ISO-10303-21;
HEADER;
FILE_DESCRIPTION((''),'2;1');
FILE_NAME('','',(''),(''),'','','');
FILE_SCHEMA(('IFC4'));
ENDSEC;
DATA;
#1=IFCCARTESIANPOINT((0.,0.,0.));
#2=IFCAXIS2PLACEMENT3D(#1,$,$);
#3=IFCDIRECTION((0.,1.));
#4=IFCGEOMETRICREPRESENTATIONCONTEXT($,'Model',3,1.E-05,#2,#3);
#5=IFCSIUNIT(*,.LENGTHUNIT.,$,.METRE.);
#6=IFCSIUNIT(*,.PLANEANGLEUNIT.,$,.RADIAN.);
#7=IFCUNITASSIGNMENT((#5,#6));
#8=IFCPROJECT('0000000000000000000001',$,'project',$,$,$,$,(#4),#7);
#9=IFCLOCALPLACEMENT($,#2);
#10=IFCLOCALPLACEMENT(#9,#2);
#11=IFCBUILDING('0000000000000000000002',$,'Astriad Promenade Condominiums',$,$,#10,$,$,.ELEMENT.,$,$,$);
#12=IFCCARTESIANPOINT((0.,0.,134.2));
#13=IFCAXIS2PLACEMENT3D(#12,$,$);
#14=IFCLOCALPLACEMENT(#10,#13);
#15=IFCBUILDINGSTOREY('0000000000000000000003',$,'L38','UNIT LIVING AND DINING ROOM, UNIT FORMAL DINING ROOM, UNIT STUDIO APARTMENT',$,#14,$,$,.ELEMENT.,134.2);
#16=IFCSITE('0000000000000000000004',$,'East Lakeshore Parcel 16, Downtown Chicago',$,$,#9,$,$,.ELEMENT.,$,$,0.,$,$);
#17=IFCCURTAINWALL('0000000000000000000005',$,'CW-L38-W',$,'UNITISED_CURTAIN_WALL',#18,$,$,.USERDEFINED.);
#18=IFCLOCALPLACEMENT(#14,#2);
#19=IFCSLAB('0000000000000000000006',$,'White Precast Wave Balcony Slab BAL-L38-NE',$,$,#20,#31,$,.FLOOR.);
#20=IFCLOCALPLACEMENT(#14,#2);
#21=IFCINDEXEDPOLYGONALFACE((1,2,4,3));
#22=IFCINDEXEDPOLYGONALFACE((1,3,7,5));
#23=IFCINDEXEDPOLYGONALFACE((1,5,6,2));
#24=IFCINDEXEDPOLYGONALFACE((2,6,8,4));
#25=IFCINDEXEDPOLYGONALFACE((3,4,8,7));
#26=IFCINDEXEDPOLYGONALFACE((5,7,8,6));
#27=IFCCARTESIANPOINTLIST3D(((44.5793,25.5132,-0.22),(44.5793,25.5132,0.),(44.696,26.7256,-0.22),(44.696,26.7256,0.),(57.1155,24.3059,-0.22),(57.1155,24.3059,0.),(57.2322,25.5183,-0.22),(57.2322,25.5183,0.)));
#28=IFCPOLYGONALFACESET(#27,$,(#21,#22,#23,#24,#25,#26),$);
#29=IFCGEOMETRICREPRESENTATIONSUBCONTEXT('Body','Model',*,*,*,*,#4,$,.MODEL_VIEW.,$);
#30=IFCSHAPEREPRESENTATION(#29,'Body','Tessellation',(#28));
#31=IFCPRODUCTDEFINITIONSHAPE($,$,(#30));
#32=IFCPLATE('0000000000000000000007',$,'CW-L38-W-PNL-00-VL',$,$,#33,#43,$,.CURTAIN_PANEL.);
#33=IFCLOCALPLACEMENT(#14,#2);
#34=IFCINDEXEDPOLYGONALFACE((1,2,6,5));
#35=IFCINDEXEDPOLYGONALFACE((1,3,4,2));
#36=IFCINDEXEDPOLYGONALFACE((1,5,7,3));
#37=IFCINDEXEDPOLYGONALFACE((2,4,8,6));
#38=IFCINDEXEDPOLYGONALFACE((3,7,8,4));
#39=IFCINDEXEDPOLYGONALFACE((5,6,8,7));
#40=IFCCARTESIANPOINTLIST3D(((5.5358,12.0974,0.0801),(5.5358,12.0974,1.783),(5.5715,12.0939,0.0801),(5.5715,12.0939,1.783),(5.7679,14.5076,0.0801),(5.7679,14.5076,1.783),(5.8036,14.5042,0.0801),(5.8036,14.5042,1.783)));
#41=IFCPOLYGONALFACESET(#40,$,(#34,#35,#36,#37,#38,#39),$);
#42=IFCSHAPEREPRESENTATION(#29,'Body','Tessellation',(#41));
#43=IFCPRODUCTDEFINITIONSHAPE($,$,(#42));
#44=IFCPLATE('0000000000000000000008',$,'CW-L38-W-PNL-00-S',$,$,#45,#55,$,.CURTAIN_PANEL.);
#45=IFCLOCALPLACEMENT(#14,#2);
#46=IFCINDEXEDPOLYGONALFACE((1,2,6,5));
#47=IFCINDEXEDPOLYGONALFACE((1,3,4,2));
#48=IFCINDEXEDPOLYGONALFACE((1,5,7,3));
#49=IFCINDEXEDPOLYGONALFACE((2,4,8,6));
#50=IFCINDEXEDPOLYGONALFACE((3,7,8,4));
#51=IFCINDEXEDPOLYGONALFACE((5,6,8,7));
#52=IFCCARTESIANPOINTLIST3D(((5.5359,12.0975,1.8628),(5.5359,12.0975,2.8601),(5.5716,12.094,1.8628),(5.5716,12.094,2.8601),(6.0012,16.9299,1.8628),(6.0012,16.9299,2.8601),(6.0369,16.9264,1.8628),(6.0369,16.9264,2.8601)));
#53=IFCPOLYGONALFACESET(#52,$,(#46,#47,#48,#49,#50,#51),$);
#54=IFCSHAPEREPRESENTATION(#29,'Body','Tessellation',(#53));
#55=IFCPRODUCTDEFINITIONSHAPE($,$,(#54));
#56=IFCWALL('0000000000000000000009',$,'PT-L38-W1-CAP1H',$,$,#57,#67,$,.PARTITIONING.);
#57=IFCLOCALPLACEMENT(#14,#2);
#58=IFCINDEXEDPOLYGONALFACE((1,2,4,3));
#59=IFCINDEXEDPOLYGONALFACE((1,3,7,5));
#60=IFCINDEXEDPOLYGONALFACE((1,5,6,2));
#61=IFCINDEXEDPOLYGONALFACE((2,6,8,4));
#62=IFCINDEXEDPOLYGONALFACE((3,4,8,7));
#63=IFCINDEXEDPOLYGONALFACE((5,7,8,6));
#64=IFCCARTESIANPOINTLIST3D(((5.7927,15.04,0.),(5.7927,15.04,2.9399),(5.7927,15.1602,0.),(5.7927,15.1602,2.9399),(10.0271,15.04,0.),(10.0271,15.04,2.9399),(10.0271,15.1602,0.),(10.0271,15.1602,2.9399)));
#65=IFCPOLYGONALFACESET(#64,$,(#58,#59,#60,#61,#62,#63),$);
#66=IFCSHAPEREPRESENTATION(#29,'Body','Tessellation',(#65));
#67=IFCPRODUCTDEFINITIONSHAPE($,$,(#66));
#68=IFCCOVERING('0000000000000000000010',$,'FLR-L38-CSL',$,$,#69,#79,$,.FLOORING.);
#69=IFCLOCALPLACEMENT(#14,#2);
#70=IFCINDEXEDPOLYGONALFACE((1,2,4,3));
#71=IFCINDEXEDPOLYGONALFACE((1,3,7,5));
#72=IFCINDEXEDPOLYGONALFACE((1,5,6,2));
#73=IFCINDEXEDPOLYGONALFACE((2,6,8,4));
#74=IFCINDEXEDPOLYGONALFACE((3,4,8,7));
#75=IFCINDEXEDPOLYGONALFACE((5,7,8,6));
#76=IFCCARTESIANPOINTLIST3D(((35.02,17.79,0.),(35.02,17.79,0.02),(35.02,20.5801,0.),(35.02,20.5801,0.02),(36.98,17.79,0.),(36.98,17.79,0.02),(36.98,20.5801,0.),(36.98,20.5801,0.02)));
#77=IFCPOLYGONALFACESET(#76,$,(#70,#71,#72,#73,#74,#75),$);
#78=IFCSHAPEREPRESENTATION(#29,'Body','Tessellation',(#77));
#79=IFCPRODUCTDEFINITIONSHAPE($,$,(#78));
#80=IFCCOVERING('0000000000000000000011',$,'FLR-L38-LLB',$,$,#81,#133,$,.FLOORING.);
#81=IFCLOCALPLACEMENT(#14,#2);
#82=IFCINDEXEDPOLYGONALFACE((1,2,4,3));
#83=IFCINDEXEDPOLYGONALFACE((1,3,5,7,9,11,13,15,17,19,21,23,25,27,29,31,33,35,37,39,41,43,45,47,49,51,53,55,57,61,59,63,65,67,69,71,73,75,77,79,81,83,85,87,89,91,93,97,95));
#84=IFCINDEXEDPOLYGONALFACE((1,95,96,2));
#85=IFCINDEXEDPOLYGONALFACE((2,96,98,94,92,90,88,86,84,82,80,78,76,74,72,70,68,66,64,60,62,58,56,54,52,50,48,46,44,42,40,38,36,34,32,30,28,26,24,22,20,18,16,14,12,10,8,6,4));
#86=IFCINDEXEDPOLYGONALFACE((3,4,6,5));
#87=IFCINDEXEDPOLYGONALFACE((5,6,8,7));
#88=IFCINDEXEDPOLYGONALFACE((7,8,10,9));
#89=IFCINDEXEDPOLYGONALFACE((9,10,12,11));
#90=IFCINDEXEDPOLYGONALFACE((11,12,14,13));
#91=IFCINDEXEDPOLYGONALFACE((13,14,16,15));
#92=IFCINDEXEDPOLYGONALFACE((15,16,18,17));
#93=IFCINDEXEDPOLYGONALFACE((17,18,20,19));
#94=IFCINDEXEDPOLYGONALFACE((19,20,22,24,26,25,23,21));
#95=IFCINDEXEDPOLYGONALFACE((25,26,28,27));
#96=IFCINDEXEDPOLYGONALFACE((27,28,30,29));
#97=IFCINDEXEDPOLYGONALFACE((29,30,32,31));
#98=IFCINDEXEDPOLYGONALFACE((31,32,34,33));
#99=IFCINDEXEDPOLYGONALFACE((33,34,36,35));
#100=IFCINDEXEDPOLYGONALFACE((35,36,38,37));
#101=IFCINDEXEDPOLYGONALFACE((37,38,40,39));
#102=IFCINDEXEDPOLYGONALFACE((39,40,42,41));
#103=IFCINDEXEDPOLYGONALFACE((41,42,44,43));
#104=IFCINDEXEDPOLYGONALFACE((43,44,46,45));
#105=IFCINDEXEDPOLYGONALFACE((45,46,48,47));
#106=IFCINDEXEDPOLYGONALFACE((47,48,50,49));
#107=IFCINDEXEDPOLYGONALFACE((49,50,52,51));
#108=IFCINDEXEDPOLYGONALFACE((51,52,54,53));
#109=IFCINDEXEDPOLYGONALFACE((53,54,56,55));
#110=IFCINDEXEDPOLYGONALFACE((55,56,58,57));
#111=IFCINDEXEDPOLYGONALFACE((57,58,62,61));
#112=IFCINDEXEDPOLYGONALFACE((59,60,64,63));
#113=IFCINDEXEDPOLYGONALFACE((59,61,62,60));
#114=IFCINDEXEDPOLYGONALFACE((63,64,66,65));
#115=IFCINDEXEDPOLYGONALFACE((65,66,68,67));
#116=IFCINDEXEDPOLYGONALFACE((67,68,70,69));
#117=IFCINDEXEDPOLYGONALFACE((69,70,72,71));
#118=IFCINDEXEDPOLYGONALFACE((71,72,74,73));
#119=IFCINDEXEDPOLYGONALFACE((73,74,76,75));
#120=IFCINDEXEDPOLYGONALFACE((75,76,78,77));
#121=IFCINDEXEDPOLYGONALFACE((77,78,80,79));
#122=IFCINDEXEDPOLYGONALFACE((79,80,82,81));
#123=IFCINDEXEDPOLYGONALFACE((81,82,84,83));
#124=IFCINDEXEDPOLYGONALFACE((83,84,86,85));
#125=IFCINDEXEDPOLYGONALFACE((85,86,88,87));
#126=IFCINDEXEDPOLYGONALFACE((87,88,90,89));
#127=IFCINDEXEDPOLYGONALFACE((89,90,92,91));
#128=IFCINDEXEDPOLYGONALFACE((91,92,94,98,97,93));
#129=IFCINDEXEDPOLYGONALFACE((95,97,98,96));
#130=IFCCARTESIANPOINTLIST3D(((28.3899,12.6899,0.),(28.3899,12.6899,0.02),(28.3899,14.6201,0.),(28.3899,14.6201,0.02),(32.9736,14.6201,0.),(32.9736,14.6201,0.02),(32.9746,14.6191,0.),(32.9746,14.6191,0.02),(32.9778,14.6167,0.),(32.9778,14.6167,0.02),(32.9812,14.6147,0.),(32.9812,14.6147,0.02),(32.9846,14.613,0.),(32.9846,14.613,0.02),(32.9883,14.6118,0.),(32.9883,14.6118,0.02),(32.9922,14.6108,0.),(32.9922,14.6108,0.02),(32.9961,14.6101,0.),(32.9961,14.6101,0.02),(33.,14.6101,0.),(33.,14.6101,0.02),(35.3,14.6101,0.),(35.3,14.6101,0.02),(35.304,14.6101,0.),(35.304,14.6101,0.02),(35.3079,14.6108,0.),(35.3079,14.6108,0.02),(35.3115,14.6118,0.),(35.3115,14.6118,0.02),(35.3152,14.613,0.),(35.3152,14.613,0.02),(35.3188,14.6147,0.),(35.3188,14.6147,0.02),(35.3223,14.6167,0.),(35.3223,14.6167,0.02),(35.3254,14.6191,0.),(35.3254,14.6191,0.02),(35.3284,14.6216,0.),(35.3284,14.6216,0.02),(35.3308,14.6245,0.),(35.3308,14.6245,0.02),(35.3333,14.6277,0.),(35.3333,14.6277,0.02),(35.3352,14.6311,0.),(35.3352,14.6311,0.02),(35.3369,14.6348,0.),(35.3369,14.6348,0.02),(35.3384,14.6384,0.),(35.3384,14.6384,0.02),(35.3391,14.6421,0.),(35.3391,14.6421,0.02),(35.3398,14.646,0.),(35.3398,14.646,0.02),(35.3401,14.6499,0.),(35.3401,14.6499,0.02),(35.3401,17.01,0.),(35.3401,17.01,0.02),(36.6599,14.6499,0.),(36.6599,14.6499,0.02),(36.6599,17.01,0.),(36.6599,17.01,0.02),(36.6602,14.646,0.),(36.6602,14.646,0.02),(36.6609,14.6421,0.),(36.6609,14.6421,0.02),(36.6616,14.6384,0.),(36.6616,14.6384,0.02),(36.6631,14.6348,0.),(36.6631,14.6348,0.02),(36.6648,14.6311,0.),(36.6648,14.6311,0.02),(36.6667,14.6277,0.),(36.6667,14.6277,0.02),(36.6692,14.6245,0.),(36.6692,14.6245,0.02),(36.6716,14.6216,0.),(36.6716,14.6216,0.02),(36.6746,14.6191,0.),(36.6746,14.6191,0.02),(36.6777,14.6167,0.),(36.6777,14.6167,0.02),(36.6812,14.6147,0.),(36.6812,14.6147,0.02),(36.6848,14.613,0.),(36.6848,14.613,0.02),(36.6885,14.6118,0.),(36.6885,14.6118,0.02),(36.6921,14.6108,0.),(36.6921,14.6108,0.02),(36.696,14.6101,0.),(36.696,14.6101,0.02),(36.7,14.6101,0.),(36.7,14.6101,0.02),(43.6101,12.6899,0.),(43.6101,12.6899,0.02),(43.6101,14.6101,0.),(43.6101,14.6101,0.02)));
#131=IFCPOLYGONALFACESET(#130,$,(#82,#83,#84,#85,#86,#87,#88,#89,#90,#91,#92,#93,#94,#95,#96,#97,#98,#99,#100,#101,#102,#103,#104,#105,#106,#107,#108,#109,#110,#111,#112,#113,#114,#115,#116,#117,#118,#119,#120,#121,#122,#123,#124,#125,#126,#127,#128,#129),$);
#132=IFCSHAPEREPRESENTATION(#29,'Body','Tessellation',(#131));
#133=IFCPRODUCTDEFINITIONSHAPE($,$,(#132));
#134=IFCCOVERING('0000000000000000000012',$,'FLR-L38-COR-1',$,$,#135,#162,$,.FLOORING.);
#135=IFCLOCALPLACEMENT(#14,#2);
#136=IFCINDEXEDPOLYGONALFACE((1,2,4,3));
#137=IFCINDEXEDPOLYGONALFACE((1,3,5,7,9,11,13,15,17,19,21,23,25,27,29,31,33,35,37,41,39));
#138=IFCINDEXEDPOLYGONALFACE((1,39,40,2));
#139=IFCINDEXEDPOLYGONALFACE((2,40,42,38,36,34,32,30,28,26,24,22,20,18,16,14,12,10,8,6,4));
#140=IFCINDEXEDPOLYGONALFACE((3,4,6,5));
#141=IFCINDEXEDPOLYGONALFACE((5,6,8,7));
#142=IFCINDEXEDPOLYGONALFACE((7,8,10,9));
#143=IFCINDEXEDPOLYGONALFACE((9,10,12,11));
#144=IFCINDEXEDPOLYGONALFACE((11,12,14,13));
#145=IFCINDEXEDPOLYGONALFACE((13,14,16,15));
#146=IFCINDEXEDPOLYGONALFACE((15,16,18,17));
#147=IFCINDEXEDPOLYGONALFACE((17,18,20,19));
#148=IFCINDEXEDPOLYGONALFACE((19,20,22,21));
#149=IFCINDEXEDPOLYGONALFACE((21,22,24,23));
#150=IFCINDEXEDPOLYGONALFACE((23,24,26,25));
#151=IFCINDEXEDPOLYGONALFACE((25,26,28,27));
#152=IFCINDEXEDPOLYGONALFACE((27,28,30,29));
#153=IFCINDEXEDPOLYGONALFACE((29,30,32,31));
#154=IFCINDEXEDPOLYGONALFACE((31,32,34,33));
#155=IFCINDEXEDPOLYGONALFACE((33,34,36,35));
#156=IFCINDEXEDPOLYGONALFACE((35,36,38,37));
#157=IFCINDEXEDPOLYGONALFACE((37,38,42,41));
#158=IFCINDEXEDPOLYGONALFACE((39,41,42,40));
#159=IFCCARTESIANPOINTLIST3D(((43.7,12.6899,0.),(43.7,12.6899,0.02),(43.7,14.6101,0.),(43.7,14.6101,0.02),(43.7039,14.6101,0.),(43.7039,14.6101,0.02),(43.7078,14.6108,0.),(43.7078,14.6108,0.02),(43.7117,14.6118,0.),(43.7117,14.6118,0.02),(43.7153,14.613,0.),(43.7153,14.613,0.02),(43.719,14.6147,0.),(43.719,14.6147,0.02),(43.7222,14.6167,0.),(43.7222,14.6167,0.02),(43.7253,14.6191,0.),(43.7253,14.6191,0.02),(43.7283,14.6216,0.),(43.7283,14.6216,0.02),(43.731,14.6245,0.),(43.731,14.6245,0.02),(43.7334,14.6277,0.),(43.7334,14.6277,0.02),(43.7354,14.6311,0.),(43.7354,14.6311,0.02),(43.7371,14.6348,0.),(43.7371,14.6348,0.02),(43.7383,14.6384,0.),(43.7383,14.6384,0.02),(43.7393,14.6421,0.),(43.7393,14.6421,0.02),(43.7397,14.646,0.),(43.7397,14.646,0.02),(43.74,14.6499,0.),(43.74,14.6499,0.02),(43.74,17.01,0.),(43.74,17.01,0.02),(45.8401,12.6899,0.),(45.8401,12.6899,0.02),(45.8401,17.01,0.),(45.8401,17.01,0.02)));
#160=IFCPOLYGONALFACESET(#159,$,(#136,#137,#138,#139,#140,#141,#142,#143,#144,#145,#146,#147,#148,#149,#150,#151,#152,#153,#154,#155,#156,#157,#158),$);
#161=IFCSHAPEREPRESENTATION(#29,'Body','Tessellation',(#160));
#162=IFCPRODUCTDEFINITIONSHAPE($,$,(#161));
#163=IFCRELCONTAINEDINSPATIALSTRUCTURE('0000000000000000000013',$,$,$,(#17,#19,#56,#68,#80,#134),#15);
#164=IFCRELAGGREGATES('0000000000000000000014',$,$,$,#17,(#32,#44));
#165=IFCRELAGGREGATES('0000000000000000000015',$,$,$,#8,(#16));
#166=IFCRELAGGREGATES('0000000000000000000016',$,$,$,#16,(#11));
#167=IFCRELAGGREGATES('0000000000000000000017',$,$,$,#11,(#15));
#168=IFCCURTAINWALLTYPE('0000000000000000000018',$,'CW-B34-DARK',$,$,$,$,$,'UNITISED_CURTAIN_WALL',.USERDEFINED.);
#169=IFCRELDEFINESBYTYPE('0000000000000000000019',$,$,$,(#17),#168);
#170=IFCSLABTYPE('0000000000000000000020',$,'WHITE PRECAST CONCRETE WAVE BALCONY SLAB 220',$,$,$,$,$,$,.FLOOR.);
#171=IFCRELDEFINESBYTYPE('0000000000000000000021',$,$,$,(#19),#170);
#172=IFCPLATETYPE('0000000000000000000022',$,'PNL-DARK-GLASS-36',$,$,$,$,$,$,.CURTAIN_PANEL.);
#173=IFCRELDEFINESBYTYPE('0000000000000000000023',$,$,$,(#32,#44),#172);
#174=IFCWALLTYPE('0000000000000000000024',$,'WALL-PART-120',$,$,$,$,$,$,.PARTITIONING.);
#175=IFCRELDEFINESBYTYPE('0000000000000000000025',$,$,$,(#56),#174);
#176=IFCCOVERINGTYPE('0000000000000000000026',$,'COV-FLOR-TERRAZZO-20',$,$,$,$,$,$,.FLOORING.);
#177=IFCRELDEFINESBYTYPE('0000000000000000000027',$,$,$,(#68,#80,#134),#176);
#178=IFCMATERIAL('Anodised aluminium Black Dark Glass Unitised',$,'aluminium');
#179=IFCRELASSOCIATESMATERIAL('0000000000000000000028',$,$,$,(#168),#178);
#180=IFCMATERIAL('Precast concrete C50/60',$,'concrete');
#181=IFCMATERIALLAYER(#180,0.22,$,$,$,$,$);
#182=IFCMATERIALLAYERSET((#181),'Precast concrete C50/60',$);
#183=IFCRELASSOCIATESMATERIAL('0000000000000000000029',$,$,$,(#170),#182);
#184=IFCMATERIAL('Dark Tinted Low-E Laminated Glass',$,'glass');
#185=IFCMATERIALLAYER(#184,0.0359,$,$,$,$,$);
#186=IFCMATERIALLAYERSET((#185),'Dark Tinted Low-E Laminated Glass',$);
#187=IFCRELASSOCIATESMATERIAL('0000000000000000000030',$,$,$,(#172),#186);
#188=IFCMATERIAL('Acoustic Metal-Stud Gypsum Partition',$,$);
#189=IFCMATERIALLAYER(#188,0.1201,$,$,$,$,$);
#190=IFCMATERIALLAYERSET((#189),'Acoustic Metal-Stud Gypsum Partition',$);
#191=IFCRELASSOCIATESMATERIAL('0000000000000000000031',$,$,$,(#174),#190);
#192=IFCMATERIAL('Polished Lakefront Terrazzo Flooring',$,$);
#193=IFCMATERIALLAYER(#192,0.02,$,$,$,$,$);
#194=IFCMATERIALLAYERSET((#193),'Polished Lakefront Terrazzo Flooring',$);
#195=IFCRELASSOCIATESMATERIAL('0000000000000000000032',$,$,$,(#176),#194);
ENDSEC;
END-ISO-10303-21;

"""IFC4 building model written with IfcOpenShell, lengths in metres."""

from ifc_helpers import new_model, si_unit, direction, frame, frame_2d, origin, origin_2d, place, context, subcontext, project, spatial, polyline, rectangle, outline, extrude, source, transform, mapped, material, layer, layer_set, type_object, type_shapes, element, aggregate, save


model = new_model("IFC4")

# Units and contexts
model_context = context("Model", 3, precision=1e-05, world=origin(), true_north=direction((0.0, 1.0)))
body_context = subcontext(model_context, "Body", "Model", "MODEL_VIEW")
ifc_project = project(units=[si_unit("LENGTHUNIT", "METRE"), si_unit("PLANEANGLEUNIT", "RADIAN")], contexts=[model_context])

# Site, building, storey
site_placement = place(None, origin())
site = spatial("IfcSite", under=ifc_project, at=site_placement, Name="East Lakeshore Parcel 16, Downtown Chicago", CompositionType="ELEMENT", RefElevation=0.0)
building_placement = place(site_placement, origin())
building = spatial("IfcBuilding", under=site, at=building_placement, Name="Astriad Promenade Condominiums", CompositionType="ELEMENT")
storey_placement = place(building_placement, frame((0.0, 0.0, 134.2)))
storey = spatial("IfcBuildingStorey", under=building, at=storey_placement, Name="L38", Description="UNIT LIVING AND DINING ROOM, UNIT FORMAL DINING ROOM, UNIT STUDIO APARTMENT", CompositionType="ELEMENT", Elevation=134.2)

# Curtain wall
ifc_material_1 = material(Name="Anodised aluminium Black Dark Glass Unitised", Category="aluminium")
curtain_wall_type = type_object("IfcCurtainWallType", Name="CW-B34-DARK", ElementType="UNITISED_CURTAIN_WALL", PredefinedType="USERDEFINED", material=ifc_material_1)
curtain_wall_placement = place(storey_placement, origin())
curtain_wall = element("IfcCurtainWall", 1, at=curtain_wall_placement, inside=storey, type_object=curtain_wall_type, Name="CW-L38-W", ObjectType="UNITISED_CURTAIN_WALL", PredefinedType="USERDEFINED")

# Slab
ifc_material_2 = material(Name="Precast concrete C50/60", Category="concrete")
ifc_layer_1 = layer(ifc_material_2, 0.22)
ifc_layer_set_1 = layer_set([ifc_layer_1], Name="Precast concrete C50/60")
slab_type_1 = type_object("IfcSlabType", Name="WHITE PRECAST CONCRETE WAVE BALCONY SLAB 220", PredefinedType="FLOOR", material=ifc_layer_set_1)
slab_1_placement = place(storey_placement, frame((0.0, 0.0, -0.22)))
element("IfcSlab", 2, at=slab_1_placement, inside=storey, type_object=slab_type_1, Name="White Precast Wave Balcony Slab BAL-L38-NE", PredefinedType="FLOOR", context=body_context, shape_type="SweptSolid", body=[
    extrude(outline(polyline([(44.696, 26.7256), (57.2322, 25.5183), (57.1155, 24.3059), (44.5793, 25.5132), (44.696, 26.7256)])), origin(), (0.0, 0.0, 1.0), 0.22),
])

# Plates
ifc_material_3 = material(Name="Dark Tinted Low-E Laminated Glass", Category="glass")
ifc_layer_2 = layer(ifc_material_3, 0.0359)
ifc_layer_set_2 = layer_set([ifc_layer_2], Name="Dark Tinted Low-E Laminated Glass")
plate_type = type_object("IfcPlateType", Name="PNL-DARK-GLASS-36", PredefinedType="CURTAIN_PANEL", material=ifc_layer_set_2)
shared_shape_1 = source(origin(), body_context, "Body", "SweptSolid", [
    extrude(rectangle(XDim=2.4214, YDim=0.0359, at=origin_2d()), origin(), (0.0, 0.0, 1.0), 1.7029),
])
plate_1_placement = place(storey_placement, frame((5.6697, 13.3008, 0.0801), z_axis=(0.0, 0.0, 1.0), x_axis=(0.095846, 0.995396, 0.0)))
plate_1 = element("IfcPlate", 3, at=plate_1_placement, type_object=plate_type, Name="CW-L38-W-PNL-00-VL", PredefinedType="CURTAIN_PANEL", context=body_context, shape_type="MappedRepresentation", body=[
    mapped(shared_shape_1, transform((0.0, 0.0, 0.0), scale=1.0)),
])
shared_shape_2 = source(origin(), body_context, "Body", "SweptSolid", [
    extrude(rectangle(XDim=4.8547, YDim=0.0359, at=origin_2d()), origin(), (0.0, 0.0, 1.0), 0.9973),
])
type_shapes(plate_type, [shared_shape_1, shared_shape_2])
plate_2_placement = place(storey_placement, frame((5.7864, 14.512, 1.8628), z_axis=(0.0, 0.0, 1.0), x_axis=(0.095846, 0.995396, 0.0)))
plate_2 = element("IfcPlate", 4, at=plate_2_placement, type_object=plate_type, Name="CW-L38-W-PNL-00-S", PredefinedType="CURTAIN_PANEL", context=body_context, shape_type="MappedRepresentation", body=[
    mapped(shared_shape_2, transform((0.0, 0.0, 0.0), scale=1.0)),
])
aggregate(curtain_wall, [plate_1, plate_2])

# Wall
ifc_material_4 = material(Name="Acoustic Metal-Stud Gypsum Partition")
ifc_layer_3 = layer(ifc_material_4, 0.1201)
ifc_layer_set_3 = layer_set([ifc_layer_3], Name="Acoustic Metal-Stud Gypsum Partition")
wall_type = type_object("IfcWallType", Name="WALL-PART-120", PredefinedType="PARTITIONING", material=ifc_layer_set_3)
wall_placement = place(storey_placement, frame((5.7927, 15.1001, 0.0), z_axis=(0.0, 0.0, 1.0), x_axis=(1.0, 0.0, 0.0)))
element("IfcWall", 5, at=wall_placement, inside=storey, type_object=wall_type, Name="PT-L38-W1-CAP1H", PredefinedType="PARTITIONING", context=body_context, shape_type="SweptSolid", body=[
    extrude(rectangle(XDim=4.2344, YDim=0.1201, at=frame_2d((2.1172, 0.0))), origin(), (0.0, 0.0, 1.0), 2.9399),
])

# Coverings
ifc_material_5 = material(Name="Polished Lakefront Terrazzo Flooring")
ifc_layer_4 = layer(ifc_material_5, 0.02)
ifc_layer_set_4 = layer_set([ifc_layer_4], Name="Polished Lakefront Terrazzo Flooring")
covering_type = type_object("IfcCoveringType", Name="COV-FLOR-TERRAZZO-20", PredefinedType="FLOORING", material=ifc_layer_set_4)
covering_1_placement = place(storey_placement, origin())
element("IfcCovering", 6, at=covering_1_placement, inside=storey, type_object=covering_type, Name="FLR-L38-CSL", PredefinedType="FLOORING", context=body_context, shape_type="SweptSolid", body=[
    extrude(outline(polyline([(36.98, 17.79), (35.02, 17.79), (35.02, 20.5801), (36.98, 20.5801), (36.98, 17.79)])), origin(), (0.0, 0.0, 1.0), 0.02),
])
covering_2_placement = place(storey_placement, origin())
element("IfcCovering", 7, at=covering_2_placement, inside=storey, type_object=covering_type, Name="FLR-L38-LLB", PredefinedType="FLOORING", context=body_context, shape_type="SweptSolid", body=[
    extrude(outline(polyline([(32.9736, 14.6201), (32.9746, 14.6191), (32.9778, 14.6167), (32.9812, 14.6147), (32.9846, 14.613), (32.9883, 14.6118), (32.9922, 14.6108), (32.9961, 14.6101), (33.0, 14.6101), (35.3, 14.6101), (35.304, 14.6101), (35.3079, 14.6108), (35.3115, 14.6118), (35.3152, 14.613), (35.3188, 14.6147), (35.3223, 14.6167), (35.3254, 14.6191), (35.3284, 14.6216), (35.3308, 14.6245), (35.3333, 14.6277), (35.3352, 14.6311), (35.3369, 14.6348), (35.3384, 14.6384), (35.3391, 14.6421), (35.3398, 14.646), (35.3401, 14.6499), (35.3401, 17.01), (36.6599, 17.01), (36.6599, 14.6499), (36.6602, 14.646), (36.6609, 14.6421), (36.6616, 14.6384), (36.6631, 14.6348), (36.6648, 14.6311), (36.6667, 14.6277), (36.6692, 14.6245), (36.6716, 14.6216), (36.6746, 14.6191), (36.6777, 14.6167), (36.6812, 14.6147), (36.6848, 14.613), (36.6885, 14.6118), (36.6921, 14.6108), (36.696, 14.6101), (36.7, 14.6101), (43.6101, 14.6101), (43.6101, 12.6899), (28.3899, 12.6899), (28.3899, 14.6201), (32.9736, 14.6201)])), origin(), (0.0, 0.0, 1.0), 0.02),
])
covering_3_placement = place(storey_placement, origin())
element("IfcCovering", 8, at=covering_3_placement, inside=storey, type_object=covering_type, Name="FLR-L38-COR-1", PredefinedType="FLOORING", context=body_context, shape_type="SweptSolid", body=[
    extrude(outline(polyline([(43.7, 12.6899), (43.7, 14.6101), (43.7039, 14.6101), (43.7078, 14.6108), (43.7117, 14.6118), (43.7153, 14.613), (43.719, 14.6147), (43.7222, 14.6167), (43.7253, 14.6191), (43.7283, 14.6216), (43.731, 14.6245), (43.7334, 14.6277), (43.7354, 14.6311), (43.7371, 14.6348), (43.7383, 14.6384), (43.7393, 14.6421), (43.7397, 14.646), (43.74, 14.6499), (43.74, 17.01), (45.8401, 17.01), (45.8401, 12.6899), (43.7, 12.6899)])), origin(), (0.0, 0.0, 1.0), 0.02),
])

save(model, "model.ifc")
